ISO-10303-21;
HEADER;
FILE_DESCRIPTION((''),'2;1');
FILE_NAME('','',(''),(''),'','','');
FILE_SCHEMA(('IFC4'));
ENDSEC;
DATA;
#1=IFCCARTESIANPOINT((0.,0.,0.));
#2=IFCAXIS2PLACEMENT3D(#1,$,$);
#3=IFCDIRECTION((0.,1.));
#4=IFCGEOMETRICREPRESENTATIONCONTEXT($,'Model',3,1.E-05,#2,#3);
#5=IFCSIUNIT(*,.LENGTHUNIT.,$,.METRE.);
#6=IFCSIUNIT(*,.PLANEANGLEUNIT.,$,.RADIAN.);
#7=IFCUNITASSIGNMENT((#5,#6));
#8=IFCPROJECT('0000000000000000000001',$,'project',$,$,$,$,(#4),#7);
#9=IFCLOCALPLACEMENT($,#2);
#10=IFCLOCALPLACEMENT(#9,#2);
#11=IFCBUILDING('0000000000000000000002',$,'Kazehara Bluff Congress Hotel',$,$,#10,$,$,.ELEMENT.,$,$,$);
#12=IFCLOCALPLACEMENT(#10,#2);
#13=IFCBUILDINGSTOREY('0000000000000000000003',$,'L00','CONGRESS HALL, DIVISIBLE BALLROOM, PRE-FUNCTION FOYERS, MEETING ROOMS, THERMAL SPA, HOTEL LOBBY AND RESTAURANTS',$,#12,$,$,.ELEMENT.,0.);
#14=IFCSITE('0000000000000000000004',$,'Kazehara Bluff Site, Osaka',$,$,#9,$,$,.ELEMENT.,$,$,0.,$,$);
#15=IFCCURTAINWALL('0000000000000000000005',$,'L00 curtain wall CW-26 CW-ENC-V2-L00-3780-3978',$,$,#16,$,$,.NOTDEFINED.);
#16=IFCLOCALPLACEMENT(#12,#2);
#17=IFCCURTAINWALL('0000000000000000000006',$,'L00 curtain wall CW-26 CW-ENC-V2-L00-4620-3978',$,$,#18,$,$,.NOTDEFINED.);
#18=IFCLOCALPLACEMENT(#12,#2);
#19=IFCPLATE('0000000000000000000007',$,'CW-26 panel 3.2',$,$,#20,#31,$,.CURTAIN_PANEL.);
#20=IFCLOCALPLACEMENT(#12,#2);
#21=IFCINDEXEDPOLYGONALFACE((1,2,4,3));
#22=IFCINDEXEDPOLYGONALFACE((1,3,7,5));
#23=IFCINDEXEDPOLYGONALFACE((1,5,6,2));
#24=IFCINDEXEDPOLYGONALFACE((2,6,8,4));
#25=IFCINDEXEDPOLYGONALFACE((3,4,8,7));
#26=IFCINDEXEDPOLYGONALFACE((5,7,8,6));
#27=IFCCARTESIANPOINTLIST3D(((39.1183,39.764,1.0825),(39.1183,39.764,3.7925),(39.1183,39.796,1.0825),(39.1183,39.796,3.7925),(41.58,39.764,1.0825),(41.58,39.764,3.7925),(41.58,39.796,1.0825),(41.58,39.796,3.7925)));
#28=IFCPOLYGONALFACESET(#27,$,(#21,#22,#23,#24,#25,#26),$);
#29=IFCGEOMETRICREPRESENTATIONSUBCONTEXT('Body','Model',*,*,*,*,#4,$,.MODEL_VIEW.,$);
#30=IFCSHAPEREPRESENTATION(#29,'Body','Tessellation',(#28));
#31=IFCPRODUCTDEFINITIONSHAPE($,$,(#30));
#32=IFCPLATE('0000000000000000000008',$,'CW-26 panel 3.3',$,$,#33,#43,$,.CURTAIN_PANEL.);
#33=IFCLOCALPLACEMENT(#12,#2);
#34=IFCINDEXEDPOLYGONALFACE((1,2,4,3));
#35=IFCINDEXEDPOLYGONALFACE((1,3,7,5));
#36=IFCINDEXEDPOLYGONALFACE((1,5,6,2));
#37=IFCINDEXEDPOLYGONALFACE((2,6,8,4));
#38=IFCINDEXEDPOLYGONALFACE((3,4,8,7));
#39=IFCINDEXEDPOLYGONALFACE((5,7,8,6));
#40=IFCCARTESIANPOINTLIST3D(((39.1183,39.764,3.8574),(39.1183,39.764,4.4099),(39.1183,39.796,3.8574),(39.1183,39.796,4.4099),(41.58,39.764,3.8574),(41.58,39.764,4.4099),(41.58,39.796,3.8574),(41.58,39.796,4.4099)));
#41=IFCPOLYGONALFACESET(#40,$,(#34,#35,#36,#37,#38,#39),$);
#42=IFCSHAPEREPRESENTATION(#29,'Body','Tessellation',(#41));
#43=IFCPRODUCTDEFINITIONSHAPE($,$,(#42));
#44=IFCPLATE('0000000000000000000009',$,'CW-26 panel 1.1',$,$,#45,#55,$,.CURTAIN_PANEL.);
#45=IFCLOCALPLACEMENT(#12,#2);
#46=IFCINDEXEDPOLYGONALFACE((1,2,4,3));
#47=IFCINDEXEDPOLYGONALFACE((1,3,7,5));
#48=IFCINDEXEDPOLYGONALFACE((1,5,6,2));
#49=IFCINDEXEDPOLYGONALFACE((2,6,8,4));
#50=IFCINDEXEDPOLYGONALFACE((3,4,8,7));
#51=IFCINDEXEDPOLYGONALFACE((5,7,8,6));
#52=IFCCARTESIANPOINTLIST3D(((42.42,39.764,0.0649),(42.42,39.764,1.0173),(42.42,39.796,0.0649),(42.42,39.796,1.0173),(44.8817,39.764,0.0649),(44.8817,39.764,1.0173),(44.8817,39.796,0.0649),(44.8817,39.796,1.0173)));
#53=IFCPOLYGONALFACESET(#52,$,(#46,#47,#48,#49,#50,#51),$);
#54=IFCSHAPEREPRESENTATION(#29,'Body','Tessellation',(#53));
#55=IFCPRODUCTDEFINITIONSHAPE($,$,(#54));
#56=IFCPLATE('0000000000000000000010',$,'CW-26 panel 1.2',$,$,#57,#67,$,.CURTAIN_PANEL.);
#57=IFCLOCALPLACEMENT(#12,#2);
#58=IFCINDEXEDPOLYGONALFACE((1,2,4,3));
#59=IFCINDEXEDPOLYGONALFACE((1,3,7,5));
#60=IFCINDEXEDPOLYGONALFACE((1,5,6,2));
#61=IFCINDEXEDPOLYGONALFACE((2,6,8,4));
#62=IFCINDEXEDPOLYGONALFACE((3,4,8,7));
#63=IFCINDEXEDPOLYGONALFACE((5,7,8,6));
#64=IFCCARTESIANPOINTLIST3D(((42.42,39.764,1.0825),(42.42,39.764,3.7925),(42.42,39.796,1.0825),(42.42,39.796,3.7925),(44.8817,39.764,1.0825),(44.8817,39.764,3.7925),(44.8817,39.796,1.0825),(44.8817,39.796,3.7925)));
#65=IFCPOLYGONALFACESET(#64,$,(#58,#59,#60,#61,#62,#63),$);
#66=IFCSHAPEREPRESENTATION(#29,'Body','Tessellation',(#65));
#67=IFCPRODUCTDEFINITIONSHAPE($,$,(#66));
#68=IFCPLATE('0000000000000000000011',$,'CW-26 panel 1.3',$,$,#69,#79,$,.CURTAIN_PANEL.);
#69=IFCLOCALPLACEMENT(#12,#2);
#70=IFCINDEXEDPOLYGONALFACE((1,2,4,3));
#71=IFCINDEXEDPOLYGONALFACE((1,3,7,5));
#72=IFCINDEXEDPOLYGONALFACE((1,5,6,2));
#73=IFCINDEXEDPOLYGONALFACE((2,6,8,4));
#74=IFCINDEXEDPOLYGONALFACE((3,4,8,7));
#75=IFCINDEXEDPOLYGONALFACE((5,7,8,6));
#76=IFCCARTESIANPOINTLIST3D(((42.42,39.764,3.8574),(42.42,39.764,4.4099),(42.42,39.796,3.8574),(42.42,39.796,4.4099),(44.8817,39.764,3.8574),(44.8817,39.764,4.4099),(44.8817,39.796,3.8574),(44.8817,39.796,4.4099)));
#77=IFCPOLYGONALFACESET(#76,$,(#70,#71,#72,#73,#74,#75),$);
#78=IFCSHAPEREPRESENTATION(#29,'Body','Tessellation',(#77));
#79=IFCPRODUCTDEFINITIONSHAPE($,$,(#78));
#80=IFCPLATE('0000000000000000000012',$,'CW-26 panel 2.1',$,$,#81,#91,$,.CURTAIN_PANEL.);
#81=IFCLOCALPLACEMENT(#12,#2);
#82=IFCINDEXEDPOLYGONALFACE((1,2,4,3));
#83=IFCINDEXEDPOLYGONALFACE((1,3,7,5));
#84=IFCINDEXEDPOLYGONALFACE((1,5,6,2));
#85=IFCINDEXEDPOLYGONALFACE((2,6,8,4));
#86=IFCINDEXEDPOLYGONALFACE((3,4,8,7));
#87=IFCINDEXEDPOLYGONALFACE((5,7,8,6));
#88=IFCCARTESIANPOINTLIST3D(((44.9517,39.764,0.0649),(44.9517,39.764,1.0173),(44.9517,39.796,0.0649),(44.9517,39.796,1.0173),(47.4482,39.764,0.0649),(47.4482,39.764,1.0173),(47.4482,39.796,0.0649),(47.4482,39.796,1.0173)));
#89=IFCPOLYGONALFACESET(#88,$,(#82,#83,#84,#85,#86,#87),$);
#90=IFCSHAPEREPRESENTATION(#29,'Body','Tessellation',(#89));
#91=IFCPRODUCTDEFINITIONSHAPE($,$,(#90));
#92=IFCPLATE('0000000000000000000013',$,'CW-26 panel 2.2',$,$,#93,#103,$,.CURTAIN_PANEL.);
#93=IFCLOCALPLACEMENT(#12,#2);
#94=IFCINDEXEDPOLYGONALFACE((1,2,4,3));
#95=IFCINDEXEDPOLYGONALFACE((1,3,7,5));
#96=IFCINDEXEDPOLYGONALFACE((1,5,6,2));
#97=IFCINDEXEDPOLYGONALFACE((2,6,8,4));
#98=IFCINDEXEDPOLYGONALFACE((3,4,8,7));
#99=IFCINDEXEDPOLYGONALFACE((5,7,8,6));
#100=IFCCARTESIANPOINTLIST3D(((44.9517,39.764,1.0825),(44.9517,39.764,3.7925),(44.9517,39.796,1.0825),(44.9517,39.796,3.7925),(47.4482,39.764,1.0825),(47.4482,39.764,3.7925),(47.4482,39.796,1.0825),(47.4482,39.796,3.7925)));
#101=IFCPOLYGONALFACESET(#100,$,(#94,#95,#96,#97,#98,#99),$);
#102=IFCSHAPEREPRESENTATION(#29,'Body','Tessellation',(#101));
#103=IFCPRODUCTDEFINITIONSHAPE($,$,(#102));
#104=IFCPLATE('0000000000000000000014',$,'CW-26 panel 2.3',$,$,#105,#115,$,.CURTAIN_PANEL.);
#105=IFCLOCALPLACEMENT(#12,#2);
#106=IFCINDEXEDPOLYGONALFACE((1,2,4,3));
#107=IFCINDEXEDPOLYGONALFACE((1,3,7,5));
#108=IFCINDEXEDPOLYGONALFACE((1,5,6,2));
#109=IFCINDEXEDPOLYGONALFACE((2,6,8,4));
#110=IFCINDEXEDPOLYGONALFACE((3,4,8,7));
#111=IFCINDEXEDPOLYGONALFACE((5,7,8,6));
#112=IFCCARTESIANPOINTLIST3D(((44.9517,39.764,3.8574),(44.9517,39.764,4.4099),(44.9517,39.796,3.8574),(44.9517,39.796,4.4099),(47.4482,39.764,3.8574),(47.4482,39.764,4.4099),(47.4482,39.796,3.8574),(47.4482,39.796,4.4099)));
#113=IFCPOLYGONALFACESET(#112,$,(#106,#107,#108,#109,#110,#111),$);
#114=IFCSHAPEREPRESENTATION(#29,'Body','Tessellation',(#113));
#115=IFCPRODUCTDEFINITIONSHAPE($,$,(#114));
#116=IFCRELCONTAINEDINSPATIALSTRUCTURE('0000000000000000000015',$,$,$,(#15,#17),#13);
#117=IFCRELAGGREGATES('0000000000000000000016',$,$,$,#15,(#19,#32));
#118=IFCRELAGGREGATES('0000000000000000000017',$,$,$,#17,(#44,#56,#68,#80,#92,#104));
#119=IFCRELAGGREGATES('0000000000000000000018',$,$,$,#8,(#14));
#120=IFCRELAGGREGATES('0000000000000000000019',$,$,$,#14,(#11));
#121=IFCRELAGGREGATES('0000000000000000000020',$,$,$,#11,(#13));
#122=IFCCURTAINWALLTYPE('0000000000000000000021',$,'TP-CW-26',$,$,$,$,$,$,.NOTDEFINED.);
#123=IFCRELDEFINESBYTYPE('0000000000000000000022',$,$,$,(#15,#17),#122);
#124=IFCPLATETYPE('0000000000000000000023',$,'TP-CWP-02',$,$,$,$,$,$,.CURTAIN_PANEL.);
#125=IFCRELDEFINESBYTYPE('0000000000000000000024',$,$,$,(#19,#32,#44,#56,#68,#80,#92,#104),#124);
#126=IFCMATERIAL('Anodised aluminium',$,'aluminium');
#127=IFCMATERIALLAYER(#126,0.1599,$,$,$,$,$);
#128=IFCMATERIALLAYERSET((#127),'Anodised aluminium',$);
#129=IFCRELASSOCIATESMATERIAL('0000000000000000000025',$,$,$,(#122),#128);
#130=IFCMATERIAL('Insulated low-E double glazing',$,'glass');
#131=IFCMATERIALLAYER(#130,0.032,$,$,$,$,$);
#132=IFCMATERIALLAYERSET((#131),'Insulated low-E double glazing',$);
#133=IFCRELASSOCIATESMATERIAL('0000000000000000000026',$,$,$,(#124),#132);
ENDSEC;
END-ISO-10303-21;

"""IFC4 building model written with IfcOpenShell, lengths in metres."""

from ifc_helpers import new_model, si_unit, direction, frame, origin, origin_2d, place, context, subcontext, project, spatial, rectangle, extrude, material, layer, layer_set, type_object, element, aggregate, save


model = new_model("IFC4")

# Units and contexts
model_context = context("Model", 3, precision=1e-05, world=origin(), true_north=direction((0.0, 1.0)))
body_context = subcontext(model_context, "Body", "Model", "MODEL_VIEW")
ifc_project = project(units=[si_unit("LENGTHUNIT", "METRE"), si_unit("PLANEANGLEUNIT", "RADIAN")], contexts=[model_context])

# Site, building, storey
site_placement = place(None, origin())
site = spatial("IfcSite", under=ifc_project, at=site_placement, Name="Kazehara Bluff Site, Osaka", CompositionType="ELEMENT", RefElevation=0.0)
building_placement = place(site_placement, origin())
building = spatial("IfcBuilding", under=site, at=building_placement, Name="Kazehara Bluff Congress Hotel", CompositionType="ELEMENT")
storey_placement = place(building_placement, origin())
storey = spatial("IfcBuildingStorey", under=building, at=storey_placement, Name="L00", Description="CONGRESS HALL, DIVISIBLE BALLROOM, PRE-FUNCTION FOYERS, MEETING ROOMS, THERMAL SPA, HOTEL LOBBY AND RESTAURANTS", CompositionType="ELEMENT", Elevation=0.0)

# Curtain walls
ifc_material_1 = material(Name="Anodised aluminium", Category="aluminium")
ifc_layer_1 = layer(ifc_material_1, 0.1599)
ifc_layer_set_1 = layer_set([ifc_layer_1], Name="Anodised aluminium")
curtain_wall_type_1 = type_object("IfcCurtainWallType", Name="TP-CW-26", PredefinedType="NOTDEFINED", material=ifc_layer_set_1)
curtain_wall_1_placement = place(storey_placement, origin())
curtain_wall_1 = element("IfcCurtainWall", 1, at=curtain_wall_1_placement, inside=storey, type_object=curtain_wall_type_1, Name="L00 curtain wall CW-26 CW-ENC-V2-L00-3780-3978", PredefinedType="NOTDEFINED")
curtain_wall_2_placement = place(storey_placement, origin())
curtain_wall_2 = element("IfcCurtainWall", 2, at=curtain_wall_2_placement, inside=storey, type_object=curtain_wall_type_1, Name="L00 curtain wall CW-26 CW-ENC-V2-L00-4620-3978", PredefinedType="NOTDEFINED")

# Plates
ifc_material_2 = material(Name="Insulated low-E double glazing", Category="glass")
ifc_layer_2 = layer(ifc_material_2, 0.032)
ifc_layer_set_2 = layer_set([ifc_layer_2], Name="Insulated low-E double glazing")
plate_type = type_object("IfcPlateType", Name="TP-CWP-02", PredefinedType="CURTAIN_PANEL", material=ifc_layer_set_2)
plate_1_placement = place(storey_placement, frame((40.3491, 39.78, 1.0825), z_axis=(0.0, 0.0, 1.0), x_axis=(1.0, 0.0, 0.0)))
plate_1 = element("IfcPlate", 3, at=plate_1_placement, type_object=plate_type, Name="CW-26 panel 3.2", PredefinedType="CURTAIN_PANEL", context=body_context, shape_type="SweptSolid", body=[
    extrude(rectangle(XDim=2.4617, YDim=0.032, at=origin_2d()), origin(), (0.0, 0.0, 1.0), 2.71),
])
plate_2_placement = place(storey_placement, frame((40.3491, 39.78, 3.8574), z_axis=(0.0, 0.0, 1.0), x_axis=(1.0, 0.0, 0.0)))
plate_2 = element("IfcPlate", 4, at=plate_2_placement, type_object=plate_type, Name="CW-26 panel 3.3", PredefinedType="CURTAIN_PANEL", context=body_context, shape_type="SweptSolid", body=[
    extrude(rectangle(XDim=2.4617, YDim=0.032, at=origin_2d()), origin(), (0.0, 0.0, 1.0), 0.5525),
])
aggregate(curtain_wall_1, [plate_1, plate_2])
plate_3_placement = place(storey_placement, frame((43.6509, 39.78, 0.0649), z_axis=(0.0, 0.0, 1.0), x_axis=(1.0, 0.0, 0.0)))
plate_3 = element("IfcPlate", 5, at=plate_3_placement, type_object=plate_type, Name="CW-26 panel 1.1", PredefinedType="CURTAIN_PANEL", context=body_context, shape_type="SweptSolid", body=[
    extrude(rectangle(XDim=2.4617, YDim=0.032, at=origin_2d()), origin(), (0.0, 0.0, 1.0), 0.9524),
])
plate_4_placement = place(storey_placement, frame((43.6509, 39.78, 1.0825), z_axis=(0.0, 0.0, 1.0), x_axis=(1.0, 0.0, 0.0)))
plate_4 = element("IfcPlate", 6, at=plate_4_placement, type_object=plate_type, Name="CW-26 panel 1.2", PredefinedType="CURTAIN_PANEL", context=body_context, shape_type="SweptSolid", body=[
    extrude(rectangle(XDim=2.4617, YDim=0.032, at=origin_2d()), origin(), (0.0, 0.0, 1.0), 2.71),
])
plate_5_placement = place(storey_placement, frame((43.6509, 39.78, 3.8574), z_axis=(0.0, 0.0, 1.0), x_axis=(1.0, 0.0, 0.0)))
plate_5 = element("IfcPlate", 7, at=plate_5_placement, type_object=plate_type, Name="CW-26 panel 1.3", PredefinedType="CURTAIN_PANEL", context=body_context, shape_type="SweptSolid", body=[
    extrude(rectangle(XDim=2.4617, YDim=0.032, at=origin_2d()), origin(), (0.0, 0.0, 1.0), 0.5525),
])
plate_6_placement = place(storey_placement, frame((46.2, 39.78, 0.0649), z_axis=(0.0, 0.0, 1.0), x_axis=(1.0, 0.0, 0.0)))
plate_6 = element("IfcPlate", 8, at=plate_6_placement, type_object=plate_type, Name="CW-26 panel 2.1", PredefinedType="CURTAIN_PANEL", context=body_context, shape_type="SweptSolid", body=[
    extrude(rectangle(XDim=2.4966, YDim=0.032, at=origin_2d()), origin(), (0.0, 0.0, 1.0), 0.9524),
])
plate_7_placement = place(storey_placement, frame((46.2, 39.78, 1.0825), z_axis=(0.0, 0.0, 1.0), x_axis=(1.0, 0.0, 0.0)))
plate_7 = element("IfcPlate", 9, at=plate_7_placement, type_object=plate_type, Name="CW-26 panel 2.2", PredefinedType="CURTAIN_PANEL", context=body_context, shape_type="SweptSolid", body=[
    extrude(rectangle(XDim=2.4966, YDim=0.032, at=origin_2d()), origin(), (0.0, 0.0, 1.0), 2.71),
])
plate_8_placement = place(storey_placement, frame((46.2, 39.78, 3.8574), z_axis=(0.0, 0.0, 1.0), x_axis=(1.0, 0.0, 0.0)))
plate_8 = element("IfcPlate", 10, at=plate_8_placement, type_object=plate_type, Name="CW-26 panel 2.3", PredefinedType="CURTAIN_PANEL", context=body_context, shape_type="SweptSolid", body=[
    extrude(rectangle(XDim=2.4966, YDim=0.032, at=origin_2d()), origin(), (0.0, 0.0, 1.0), 0.5525),
])
aggregate(curtain_wall_2, [plate_3, plate_4, plate_5, plate_6, plate_7, plate_8])

save(model, "model.ifc")
